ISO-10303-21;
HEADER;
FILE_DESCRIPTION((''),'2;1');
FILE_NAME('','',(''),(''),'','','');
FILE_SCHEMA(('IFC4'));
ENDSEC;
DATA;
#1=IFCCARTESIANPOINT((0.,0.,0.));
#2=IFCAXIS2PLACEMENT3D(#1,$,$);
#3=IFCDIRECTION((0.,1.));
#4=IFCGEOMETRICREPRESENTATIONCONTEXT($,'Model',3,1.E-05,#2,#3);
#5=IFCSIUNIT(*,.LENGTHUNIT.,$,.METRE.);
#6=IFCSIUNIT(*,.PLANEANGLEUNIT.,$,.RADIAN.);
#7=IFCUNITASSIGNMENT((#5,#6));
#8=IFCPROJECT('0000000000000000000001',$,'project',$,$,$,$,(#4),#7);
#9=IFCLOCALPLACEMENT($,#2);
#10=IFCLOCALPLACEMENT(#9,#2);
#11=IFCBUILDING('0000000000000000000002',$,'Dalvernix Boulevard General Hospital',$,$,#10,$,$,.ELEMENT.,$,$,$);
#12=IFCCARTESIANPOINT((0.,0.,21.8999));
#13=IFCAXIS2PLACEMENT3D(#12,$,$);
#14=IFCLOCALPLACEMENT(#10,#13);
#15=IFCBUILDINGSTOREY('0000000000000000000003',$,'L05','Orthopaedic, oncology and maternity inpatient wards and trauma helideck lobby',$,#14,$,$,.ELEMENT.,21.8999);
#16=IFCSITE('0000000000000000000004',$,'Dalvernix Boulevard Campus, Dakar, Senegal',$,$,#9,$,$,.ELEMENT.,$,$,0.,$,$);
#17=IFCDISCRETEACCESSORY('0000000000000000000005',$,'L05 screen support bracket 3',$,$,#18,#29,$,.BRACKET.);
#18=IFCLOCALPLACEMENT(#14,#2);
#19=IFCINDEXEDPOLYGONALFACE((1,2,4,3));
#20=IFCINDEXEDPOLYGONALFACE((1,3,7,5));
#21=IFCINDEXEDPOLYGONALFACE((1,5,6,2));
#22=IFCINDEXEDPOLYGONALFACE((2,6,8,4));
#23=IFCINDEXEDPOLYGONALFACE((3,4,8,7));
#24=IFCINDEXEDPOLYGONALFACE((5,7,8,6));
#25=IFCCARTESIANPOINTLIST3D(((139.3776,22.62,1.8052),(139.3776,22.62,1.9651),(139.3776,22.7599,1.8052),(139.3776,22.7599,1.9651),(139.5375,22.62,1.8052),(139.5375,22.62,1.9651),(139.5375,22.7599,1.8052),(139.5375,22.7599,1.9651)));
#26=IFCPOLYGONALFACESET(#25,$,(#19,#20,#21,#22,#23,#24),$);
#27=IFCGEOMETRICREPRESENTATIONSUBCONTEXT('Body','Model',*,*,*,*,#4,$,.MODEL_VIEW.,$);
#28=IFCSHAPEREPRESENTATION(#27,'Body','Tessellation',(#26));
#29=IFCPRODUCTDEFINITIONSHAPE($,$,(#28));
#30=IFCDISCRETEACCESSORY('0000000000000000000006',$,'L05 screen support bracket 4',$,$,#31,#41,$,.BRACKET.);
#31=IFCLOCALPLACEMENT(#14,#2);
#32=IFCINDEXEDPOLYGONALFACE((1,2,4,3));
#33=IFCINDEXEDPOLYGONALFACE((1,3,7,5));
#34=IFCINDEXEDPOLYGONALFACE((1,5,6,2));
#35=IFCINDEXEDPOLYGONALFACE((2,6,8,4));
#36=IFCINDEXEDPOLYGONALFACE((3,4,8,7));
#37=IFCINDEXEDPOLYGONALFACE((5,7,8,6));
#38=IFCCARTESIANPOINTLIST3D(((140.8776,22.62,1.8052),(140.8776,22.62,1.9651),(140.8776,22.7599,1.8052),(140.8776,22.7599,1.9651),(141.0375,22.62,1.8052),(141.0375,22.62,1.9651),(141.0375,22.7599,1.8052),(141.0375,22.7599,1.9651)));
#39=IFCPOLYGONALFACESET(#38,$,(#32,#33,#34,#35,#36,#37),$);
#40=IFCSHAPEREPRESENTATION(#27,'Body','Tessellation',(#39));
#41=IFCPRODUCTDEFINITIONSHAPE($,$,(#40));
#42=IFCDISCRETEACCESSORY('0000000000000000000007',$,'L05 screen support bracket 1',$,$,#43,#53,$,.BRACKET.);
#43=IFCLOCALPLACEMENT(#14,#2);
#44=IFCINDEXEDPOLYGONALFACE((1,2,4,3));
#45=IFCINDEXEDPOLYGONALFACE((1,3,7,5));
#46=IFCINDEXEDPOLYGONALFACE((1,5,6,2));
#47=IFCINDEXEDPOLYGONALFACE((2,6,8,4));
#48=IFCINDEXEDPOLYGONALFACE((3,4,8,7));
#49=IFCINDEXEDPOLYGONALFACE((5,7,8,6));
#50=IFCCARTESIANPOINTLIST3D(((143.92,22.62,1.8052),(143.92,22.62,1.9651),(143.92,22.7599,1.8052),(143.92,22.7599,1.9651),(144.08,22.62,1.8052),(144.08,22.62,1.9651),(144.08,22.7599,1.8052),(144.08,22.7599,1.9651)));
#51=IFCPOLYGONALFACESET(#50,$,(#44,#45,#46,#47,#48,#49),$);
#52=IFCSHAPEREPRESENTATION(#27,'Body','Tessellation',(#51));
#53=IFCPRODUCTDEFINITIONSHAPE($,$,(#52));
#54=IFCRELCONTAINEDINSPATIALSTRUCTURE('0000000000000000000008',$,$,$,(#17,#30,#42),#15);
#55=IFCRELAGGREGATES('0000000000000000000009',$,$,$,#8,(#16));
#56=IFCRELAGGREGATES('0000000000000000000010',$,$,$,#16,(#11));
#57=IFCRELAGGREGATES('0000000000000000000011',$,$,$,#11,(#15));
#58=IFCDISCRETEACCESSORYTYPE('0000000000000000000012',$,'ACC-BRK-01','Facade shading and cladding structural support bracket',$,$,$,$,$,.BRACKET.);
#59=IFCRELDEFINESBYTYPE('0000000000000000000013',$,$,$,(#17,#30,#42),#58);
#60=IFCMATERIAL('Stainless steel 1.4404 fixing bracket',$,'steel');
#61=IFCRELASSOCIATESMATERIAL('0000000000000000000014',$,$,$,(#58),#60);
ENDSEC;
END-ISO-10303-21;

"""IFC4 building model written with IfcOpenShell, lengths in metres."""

from ifc_helpers import new_model, si_unit, direction, frame, origin, origin_2d, place, context, subcontext, project, spatial, rectangle, extrude, material, type_object, element, save


model = new_model("IFC4")

# Units and contexts
model_context = context("Model", 3, precision=1e-05, world=origin(), true_north=direction((0.0, 1.0)))
body_context = subcontext(model_context, "Body", "Model", "MODEL_VIEW")
ifc_project = project(units=[si_unit("LENGTHUNIT", "METRE"), si_unit("PLANEANGLEUNIT", "RADIAN")], contexts=[model_context])

# Site, building, storey
site_placement = place(None, origin())
site = spatial("IfcSite", under=ifc_project, at=site_placement, Name="Dalvernix Boulevard Campus, Dakar, Senegal", CompositionType="ELEMENT", RefElevation=0.0)
building_placement = place(site_placement, origin())
building = spatial("IfcBuilding", under=site, at=building_placement, Name="Dalvernix Boulevard General Hospital", CompositionType="ELEMENT")
storey_placement = place(building_placement, frame((0.0, 0.0, 21.8999)))
storey = spatial("IfcBuildingStorey", under=building, at=storey_placement, Name="L05", Description="Orthopaedic, oncology and maternity inpatient wards and trauma helideck lobby", CompositionType="ELEMENT", Elevation=21.8999)

# Discrete accessories
ifc_material_1 = material(Name="Stainless steel 1.4404 fixing bracket", Category="steel")
discrete_accessory_type = type_object("IfcDiscreteAccessoryType", Name="ACC-BRK-01", Description="Facade shading and cladding structural support bracket", PredefinedType="BRACKET", material=ifc_material_1)
for number, where, z_axis, x_axis, name in (
    (1, (139.4575, 22.6899, 1.8052), (0.0, 0.0, 1.0), (1.0, 0.0, 0.0), "L05 screen support bracket 3"),
    (2, (140.9575, 22.6899, 1.8052), (0.0, 0.0, 1.0), (1.0, 0.0, 0.0), "L05 screen support bracket 4"),
    (3, (144.0, 22.6899, 1.8052), (0.0, 0.0, 1.0), (1.0, 0.0, 0.0), "L05 screen support bracket 1"),
):
    element("IfcDiscreteAccessory", number, at=place(storey_placement, frame(where, z_axis=z_axis, x_axis=x_axis)), inside=storey, type_object=discrete_accessory_type, Name=name, PredefinedType="BRACKET", context=body_context, shape_type="SweptSolid", body=[
        extrude(rectangle(XDim=0.1599, YDim=0.1399, at=origin_2d()), origin(), (0.0, 0.0, 1.0), 0.1599),
    ])

save(model, "model.ifc")
